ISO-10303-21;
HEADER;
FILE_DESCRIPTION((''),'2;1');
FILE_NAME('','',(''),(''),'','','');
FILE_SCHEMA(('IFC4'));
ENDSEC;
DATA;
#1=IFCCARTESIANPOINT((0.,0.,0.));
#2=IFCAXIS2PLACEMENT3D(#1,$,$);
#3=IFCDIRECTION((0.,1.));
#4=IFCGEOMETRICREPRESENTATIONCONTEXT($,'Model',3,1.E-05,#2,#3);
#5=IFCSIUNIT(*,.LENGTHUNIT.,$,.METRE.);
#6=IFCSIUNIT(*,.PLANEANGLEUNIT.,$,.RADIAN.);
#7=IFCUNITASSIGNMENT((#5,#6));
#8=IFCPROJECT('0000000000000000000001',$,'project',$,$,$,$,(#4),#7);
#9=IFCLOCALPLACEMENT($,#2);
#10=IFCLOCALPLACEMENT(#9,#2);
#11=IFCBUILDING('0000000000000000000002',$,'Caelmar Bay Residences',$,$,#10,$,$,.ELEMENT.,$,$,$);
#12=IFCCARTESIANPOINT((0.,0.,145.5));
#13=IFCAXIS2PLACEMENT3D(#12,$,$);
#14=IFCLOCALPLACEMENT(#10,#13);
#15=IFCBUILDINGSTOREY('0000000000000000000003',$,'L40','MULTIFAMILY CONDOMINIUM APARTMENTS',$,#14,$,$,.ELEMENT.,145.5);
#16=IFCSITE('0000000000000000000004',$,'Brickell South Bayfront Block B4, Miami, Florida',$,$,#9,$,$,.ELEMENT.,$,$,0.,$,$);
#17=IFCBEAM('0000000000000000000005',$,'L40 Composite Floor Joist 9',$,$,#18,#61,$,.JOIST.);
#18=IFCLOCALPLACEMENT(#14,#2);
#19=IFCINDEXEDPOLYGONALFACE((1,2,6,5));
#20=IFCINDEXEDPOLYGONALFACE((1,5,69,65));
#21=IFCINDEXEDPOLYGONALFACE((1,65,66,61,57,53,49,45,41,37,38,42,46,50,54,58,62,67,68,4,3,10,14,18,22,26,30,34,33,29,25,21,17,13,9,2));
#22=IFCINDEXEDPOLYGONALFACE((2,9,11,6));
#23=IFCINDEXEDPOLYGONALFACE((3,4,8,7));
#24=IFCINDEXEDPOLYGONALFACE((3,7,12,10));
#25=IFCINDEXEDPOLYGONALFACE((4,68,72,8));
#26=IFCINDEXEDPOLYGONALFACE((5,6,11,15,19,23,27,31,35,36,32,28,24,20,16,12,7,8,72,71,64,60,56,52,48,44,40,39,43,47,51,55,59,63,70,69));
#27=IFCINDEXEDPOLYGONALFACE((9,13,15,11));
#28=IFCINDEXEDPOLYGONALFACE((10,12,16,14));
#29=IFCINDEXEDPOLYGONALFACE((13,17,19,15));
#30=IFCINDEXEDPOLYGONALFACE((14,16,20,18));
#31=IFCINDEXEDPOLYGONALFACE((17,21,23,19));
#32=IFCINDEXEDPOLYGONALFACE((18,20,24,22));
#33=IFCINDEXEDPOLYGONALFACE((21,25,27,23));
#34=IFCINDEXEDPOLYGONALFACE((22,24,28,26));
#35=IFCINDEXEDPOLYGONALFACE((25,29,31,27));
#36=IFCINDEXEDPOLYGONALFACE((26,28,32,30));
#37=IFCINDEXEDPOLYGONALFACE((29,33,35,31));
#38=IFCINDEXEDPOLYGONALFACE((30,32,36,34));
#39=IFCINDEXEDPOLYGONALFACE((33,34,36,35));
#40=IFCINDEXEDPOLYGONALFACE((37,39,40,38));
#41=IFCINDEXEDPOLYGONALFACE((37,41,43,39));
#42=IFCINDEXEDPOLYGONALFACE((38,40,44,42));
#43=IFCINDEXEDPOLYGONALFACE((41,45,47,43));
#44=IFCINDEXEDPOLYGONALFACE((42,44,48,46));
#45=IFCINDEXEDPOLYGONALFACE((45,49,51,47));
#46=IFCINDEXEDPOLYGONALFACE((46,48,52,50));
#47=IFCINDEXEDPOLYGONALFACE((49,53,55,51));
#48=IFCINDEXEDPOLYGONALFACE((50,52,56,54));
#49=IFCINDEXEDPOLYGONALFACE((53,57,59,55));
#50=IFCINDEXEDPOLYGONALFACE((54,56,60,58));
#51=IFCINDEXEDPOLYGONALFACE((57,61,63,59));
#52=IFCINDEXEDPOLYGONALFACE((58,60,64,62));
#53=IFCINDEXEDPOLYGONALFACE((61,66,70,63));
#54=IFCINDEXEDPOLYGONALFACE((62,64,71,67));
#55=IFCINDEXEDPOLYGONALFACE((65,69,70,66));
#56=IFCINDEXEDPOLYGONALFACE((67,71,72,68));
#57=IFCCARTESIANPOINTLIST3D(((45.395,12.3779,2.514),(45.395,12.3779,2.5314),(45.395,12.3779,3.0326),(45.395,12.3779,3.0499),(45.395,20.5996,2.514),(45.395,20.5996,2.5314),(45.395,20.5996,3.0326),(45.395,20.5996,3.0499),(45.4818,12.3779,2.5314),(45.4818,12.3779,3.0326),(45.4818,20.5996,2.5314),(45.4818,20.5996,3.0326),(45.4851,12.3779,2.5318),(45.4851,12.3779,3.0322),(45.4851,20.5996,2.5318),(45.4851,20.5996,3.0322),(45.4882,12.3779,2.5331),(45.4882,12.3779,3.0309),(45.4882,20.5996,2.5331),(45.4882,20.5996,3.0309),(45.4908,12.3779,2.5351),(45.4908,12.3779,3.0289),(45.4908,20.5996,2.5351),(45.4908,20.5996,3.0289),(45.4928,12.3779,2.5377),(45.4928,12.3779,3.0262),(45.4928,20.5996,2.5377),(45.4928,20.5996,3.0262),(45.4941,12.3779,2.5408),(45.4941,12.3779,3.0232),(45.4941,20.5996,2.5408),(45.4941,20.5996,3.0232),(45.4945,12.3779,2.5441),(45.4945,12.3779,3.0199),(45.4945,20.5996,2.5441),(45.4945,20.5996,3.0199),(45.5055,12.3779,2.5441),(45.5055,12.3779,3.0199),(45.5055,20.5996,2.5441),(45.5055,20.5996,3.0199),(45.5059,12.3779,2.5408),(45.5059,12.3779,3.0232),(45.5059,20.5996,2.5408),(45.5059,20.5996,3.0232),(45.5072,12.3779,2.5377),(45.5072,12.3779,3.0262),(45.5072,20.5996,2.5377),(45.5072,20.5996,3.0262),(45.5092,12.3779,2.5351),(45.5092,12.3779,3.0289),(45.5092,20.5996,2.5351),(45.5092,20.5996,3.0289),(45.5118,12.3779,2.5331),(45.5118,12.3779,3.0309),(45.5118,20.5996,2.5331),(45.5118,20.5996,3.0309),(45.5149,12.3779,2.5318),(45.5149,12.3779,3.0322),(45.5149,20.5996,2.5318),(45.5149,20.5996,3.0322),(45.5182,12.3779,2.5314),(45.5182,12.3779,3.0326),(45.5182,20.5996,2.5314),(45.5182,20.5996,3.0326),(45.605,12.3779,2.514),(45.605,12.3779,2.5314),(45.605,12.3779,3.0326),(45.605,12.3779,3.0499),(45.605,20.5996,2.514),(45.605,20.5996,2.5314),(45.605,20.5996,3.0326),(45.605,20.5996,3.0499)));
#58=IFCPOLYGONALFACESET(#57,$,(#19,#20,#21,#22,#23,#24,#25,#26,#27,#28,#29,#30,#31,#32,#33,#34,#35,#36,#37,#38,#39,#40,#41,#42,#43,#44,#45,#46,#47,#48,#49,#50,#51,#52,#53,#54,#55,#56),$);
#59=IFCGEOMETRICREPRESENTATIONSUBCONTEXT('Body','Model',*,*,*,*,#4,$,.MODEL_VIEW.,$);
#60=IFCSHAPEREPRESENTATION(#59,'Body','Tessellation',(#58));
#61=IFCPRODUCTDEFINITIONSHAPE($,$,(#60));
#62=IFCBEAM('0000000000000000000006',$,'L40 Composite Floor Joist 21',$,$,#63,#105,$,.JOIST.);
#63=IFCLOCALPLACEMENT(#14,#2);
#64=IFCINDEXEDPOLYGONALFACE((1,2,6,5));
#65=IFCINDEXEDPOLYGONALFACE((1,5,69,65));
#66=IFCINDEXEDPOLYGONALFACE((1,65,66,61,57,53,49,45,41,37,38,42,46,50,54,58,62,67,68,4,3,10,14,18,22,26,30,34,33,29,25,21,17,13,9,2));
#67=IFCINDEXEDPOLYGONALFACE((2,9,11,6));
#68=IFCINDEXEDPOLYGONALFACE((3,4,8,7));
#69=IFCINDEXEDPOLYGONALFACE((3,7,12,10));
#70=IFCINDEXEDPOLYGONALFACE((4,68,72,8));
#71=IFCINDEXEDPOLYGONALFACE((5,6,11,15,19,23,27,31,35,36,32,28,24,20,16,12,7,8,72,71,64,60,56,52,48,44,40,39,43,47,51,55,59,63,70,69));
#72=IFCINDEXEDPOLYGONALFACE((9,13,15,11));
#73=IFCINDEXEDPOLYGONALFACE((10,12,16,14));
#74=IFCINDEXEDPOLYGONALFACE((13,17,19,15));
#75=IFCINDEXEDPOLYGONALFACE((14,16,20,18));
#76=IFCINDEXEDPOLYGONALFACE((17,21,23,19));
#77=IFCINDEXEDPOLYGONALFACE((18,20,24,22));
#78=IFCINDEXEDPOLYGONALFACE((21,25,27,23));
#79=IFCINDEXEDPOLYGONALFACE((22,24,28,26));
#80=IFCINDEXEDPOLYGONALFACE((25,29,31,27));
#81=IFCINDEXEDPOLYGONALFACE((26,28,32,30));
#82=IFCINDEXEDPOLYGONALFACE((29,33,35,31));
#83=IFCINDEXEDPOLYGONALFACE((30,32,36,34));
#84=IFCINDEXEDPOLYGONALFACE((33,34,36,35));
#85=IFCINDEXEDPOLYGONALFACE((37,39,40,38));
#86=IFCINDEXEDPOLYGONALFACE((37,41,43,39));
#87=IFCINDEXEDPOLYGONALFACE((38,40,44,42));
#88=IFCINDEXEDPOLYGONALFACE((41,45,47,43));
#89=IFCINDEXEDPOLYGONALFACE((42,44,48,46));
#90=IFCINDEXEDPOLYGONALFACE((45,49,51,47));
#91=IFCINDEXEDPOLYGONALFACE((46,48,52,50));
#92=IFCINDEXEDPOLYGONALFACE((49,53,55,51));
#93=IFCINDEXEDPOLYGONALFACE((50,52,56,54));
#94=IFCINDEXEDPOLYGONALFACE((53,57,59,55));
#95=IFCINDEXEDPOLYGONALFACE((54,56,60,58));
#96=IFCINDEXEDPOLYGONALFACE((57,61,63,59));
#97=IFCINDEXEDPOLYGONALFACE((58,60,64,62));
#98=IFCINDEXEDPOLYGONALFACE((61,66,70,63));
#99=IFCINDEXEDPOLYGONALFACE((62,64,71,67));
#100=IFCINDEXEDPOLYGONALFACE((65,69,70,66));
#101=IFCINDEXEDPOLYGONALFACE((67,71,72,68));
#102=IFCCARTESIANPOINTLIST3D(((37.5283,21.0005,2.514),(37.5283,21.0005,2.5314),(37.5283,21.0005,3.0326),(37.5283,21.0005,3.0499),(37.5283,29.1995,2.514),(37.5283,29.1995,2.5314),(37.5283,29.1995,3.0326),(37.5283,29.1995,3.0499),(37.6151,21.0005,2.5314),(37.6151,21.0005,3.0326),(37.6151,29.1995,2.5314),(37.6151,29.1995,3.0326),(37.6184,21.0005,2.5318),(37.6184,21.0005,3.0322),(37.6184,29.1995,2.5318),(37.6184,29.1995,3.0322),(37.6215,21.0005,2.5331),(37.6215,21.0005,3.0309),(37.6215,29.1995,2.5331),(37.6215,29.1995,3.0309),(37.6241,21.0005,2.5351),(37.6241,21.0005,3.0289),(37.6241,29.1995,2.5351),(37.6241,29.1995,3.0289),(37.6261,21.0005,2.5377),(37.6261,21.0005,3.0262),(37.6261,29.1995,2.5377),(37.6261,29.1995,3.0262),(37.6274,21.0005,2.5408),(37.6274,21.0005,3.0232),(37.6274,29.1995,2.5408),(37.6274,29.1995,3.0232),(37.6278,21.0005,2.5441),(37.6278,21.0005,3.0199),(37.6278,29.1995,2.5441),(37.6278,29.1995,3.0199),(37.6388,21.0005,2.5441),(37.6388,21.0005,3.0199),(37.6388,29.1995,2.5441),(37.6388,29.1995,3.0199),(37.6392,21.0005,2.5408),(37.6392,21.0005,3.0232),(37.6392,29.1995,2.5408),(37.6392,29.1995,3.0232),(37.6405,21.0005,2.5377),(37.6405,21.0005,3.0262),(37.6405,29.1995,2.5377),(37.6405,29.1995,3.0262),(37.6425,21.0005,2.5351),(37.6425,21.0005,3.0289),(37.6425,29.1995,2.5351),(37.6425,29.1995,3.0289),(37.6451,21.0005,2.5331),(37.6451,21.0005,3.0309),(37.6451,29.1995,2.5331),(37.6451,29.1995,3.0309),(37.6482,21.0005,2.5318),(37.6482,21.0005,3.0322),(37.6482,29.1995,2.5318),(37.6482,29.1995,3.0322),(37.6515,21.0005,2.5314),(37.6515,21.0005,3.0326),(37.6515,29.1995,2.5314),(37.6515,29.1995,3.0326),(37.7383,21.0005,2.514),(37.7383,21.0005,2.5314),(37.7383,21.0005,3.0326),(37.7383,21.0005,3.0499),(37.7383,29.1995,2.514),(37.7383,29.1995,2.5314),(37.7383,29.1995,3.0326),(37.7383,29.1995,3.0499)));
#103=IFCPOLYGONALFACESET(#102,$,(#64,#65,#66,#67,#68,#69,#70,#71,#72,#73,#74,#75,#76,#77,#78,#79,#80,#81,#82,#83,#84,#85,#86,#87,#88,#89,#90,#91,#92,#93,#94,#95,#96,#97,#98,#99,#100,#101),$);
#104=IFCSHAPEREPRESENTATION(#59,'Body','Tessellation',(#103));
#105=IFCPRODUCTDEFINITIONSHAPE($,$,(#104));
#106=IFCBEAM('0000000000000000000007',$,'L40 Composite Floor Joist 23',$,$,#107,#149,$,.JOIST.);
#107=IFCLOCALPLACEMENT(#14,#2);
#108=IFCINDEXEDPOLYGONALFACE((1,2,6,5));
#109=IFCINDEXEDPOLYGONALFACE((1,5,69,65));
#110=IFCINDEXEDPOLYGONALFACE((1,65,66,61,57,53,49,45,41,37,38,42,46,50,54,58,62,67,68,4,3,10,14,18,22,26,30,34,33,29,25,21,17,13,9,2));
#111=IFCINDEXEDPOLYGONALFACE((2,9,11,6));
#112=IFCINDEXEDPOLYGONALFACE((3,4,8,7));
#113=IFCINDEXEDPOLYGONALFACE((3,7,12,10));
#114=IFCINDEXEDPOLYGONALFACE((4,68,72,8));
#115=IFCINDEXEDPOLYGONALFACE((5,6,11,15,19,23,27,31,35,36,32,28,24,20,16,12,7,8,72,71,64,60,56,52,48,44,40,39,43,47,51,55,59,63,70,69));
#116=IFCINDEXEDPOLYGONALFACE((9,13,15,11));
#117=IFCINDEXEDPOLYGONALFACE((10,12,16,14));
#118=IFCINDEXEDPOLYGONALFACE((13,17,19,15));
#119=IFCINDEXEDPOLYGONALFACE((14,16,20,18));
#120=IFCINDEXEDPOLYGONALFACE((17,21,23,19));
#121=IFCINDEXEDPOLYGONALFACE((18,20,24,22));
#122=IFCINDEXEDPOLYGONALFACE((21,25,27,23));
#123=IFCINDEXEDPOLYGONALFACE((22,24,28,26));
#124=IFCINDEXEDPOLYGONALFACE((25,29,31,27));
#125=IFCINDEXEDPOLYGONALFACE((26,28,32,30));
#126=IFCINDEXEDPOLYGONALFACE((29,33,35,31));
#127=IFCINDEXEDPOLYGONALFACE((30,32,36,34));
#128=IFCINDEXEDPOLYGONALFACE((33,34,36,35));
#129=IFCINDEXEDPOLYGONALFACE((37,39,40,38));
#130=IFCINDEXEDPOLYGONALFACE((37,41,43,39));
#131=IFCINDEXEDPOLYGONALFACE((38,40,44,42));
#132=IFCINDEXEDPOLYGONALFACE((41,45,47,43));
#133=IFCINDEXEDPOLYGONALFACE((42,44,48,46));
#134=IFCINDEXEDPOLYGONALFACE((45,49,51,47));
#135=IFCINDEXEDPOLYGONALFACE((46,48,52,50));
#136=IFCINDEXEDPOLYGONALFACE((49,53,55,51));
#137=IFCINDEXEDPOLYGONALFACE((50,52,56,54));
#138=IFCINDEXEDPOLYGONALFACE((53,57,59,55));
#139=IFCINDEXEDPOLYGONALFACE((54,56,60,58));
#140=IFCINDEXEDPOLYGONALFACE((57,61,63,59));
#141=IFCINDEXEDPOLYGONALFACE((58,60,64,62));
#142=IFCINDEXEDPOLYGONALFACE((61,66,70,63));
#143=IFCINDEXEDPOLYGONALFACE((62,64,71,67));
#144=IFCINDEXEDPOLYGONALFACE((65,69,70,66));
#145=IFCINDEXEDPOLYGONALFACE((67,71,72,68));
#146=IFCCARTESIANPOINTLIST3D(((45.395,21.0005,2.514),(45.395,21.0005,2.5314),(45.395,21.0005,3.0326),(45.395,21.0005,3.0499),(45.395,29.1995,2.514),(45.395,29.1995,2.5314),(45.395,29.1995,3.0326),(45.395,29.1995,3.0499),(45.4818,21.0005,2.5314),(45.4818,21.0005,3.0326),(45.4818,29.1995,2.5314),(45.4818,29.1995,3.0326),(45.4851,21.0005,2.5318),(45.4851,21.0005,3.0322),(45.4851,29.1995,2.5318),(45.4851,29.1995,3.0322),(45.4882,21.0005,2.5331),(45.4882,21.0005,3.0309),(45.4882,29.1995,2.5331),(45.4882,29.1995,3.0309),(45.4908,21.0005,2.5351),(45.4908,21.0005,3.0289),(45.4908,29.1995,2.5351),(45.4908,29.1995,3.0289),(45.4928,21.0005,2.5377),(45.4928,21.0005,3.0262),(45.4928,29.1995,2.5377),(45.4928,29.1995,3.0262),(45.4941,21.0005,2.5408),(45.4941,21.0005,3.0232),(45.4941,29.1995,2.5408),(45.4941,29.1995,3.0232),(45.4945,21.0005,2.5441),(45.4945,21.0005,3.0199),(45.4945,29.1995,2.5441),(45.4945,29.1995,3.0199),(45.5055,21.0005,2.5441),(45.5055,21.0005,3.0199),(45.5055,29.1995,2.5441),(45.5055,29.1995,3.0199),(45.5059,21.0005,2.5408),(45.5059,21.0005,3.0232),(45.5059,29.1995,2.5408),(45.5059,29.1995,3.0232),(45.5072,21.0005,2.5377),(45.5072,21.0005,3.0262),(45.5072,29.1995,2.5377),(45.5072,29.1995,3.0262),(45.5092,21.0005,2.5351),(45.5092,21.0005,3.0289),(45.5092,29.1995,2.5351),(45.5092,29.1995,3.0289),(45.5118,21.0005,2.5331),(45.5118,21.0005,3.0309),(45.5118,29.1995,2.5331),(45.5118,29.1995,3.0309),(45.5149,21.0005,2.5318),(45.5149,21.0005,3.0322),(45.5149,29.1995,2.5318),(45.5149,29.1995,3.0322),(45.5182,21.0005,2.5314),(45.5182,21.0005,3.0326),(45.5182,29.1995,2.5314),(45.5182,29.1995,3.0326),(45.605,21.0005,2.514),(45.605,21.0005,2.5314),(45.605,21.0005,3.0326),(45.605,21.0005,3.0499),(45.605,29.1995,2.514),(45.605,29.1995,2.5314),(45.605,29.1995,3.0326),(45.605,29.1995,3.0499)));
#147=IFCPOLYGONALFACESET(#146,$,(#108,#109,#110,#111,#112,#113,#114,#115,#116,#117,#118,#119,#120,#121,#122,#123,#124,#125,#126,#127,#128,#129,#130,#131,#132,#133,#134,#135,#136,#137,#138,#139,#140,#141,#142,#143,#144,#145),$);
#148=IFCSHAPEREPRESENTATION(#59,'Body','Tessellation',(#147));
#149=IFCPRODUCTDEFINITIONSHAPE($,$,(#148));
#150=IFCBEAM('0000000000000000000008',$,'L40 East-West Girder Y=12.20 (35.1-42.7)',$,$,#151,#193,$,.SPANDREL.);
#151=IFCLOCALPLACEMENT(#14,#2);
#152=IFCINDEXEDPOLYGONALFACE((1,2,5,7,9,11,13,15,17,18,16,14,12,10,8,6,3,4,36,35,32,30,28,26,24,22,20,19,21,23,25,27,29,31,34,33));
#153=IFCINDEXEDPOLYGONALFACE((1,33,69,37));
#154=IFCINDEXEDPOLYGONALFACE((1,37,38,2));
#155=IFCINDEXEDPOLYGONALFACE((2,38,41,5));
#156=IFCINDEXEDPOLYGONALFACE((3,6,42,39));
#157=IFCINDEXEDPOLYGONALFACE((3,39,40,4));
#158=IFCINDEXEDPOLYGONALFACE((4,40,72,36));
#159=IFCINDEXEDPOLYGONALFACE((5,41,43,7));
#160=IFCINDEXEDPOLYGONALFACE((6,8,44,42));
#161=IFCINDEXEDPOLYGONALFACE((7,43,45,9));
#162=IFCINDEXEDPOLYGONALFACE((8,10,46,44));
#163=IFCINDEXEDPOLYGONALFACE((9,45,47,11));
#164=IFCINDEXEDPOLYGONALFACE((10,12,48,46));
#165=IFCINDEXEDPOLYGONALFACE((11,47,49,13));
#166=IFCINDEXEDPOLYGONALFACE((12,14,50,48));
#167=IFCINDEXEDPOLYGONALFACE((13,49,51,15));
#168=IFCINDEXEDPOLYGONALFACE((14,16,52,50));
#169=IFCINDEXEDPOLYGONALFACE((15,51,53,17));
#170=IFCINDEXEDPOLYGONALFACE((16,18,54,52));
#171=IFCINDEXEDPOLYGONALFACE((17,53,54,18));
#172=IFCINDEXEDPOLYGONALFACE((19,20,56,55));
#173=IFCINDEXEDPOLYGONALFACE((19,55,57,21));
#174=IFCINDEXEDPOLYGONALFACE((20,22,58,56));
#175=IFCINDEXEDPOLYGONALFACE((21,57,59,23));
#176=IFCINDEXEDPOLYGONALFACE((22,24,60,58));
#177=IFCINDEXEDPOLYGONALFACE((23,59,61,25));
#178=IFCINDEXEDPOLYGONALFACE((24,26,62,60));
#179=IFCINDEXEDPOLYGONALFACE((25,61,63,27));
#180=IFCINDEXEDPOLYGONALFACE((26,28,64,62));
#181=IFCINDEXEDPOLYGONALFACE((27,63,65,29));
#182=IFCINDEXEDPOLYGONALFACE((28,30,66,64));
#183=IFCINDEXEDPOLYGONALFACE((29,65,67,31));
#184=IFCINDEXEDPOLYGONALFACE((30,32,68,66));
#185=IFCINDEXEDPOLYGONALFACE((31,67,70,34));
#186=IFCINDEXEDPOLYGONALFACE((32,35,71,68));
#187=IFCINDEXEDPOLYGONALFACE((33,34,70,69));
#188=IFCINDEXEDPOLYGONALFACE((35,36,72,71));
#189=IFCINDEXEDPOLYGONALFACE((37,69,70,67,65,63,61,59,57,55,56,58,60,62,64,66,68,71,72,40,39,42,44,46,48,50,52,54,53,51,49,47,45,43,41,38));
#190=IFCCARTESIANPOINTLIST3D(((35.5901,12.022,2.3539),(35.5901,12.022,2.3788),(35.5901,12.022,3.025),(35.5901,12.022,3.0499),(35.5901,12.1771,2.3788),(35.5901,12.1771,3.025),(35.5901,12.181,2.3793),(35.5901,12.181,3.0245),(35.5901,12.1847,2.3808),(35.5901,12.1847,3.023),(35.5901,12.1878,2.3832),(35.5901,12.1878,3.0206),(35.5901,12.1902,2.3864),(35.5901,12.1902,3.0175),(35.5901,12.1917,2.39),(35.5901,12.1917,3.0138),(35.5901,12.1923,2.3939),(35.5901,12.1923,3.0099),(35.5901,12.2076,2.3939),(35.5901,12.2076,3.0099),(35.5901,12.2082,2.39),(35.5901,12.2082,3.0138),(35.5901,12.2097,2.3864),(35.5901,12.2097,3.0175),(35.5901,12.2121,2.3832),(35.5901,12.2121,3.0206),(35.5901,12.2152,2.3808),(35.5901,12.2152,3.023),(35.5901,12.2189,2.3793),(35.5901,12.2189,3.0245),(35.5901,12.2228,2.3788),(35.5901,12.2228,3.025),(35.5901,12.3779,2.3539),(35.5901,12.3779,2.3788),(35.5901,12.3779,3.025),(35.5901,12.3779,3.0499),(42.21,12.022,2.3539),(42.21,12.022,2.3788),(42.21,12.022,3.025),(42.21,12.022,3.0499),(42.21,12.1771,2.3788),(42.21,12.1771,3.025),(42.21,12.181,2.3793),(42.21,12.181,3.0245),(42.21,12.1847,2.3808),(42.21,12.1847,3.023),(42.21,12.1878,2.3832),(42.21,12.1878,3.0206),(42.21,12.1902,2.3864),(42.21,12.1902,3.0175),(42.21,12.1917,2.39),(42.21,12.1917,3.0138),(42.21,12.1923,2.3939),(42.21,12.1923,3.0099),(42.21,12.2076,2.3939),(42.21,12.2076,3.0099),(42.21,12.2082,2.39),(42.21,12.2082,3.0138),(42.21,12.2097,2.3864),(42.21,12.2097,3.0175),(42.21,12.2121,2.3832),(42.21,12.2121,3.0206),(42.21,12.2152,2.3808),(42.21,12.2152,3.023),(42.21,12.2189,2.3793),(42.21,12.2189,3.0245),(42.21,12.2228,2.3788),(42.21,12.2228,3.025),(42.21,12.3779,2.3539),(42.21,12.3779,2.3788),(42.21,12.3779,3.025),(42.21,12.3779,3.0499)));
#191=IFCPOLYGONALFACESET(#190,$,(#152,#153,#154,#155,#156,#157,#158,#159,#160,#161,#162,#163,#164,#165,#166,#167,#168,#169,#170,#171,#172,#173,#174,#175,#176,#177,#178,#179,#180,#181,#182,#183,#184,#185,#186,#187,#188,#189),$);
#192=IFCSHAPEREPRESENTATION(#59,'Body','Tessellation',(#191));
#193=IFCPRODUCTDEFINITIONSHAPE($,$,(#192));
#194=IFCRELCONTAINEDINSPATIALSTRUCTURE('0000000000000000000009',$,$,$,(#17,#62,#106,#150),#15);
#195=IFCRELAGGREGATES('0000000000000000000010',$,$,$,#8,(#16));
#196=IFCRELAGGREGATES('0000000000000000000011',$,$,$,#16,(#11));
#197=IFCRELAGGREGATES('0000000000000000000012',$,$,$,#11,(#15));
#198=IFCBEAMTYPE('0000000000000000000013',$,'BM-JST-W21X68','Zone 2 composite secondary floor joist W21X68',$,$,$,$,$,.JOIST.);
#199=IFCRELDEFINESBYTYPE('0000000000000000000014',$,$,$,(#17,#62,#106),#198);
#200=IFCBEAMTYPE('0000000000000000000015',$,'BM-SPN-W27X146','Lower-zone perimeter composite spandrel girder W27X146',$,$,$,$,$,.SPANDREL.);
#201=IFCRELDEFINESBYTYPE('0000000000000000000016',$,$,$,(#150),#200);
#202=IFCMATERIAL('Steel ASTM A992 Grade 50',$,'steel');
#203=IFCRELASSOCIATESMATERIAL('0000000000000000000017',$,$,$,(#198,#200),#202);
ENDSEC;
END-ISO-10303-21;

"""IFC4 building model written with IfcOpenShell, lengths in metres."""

from ifc_helpers import new_model, si_unit, direction, frame, origin, origin_2d, place, context, subcontext, project, spatial, i_section, extrude, material, material_profile, profile_set, type_object, element, save


model = new_model("IFC4")

# Units and contexts
model_context = context("Model", 3, precision=1e-05, world=origin(), true_north=direction((0.0, 1.0)))
body_context = subcontext(model_context, "Body", "Model", "MODEL_VIEW")
ifc_project = project(units=[si_unit("LENGTHUNIT", "METRE"), si_unit("PLANEANGLEUNIT", "RADIAN")], contexts=[model_context])

# Site, building, storey
site_placement = place(None, origin())
site = spatial("IfcSite", under=ifc_project, at=site_placement, Name="Brickell South Bayfront Block B4, Miami, Florida", CompositionType="ELEMENT", RefElevation=0.0)
building_placement = place(site_placement, origin())
building = spatial("IfcBuilding", under=site, at=building_placement, Name="Caelmar Bay Residences", CompositionType="ELEMENT")
storey_placement = place(building_placement, frame((0.0, 0.0, 145.5)))
storey = spatial("IfcBuildingStorey", under=building, at=storey_placement, Name="L40", Description="MULTIFAMILY CONDOMINIUM APARTMENTS", CompositionType="ELEMENT", Elevation=145.5)

# Beams
ifc_material_1 = material(Name="Steel ASTM A992 Grade 50", Category="steel")
ifc_material_profile_1 = material_profile(ifc_material_1, i_section(OverallWidth=0.21, OverallDepth=0.5359, WebThickness=0.011, FlangeThickness=0.0173, FilletRadius=0.0127, at=origin_2d()), Name="W21X68")
ifc_profile_set_1 = profile_set([ifc_material_profile_1], Name="Steel ASTM A992 Grade 50")
beam_type_1 = type_object("IfcBeamType", Name="BM-JST-W21X68", Description="Zone 2 composite secondary floor joist W21X68", PredefinedType="JOIST", material=ifc_profile_set_1)
for number, where, z_axis, x_axis, name in (
    (1, (45.5, 12.3779, 2.782), (0.0, 1.0, 0.0), (-1.0, 0.0, 0.0), "L40 Composite Floor Joist 9"),
):
    element("IfcBeam", number, at=place(storey_placement, frame(where, z_axis=z_axis, x_axis=x_axis)), inside=storey, type_object=beam_type_1, Name=name, PredefinedType="JOIST", context=body_context, shape_type="SweptSolid", body=[
        extrude(i_section(OverallWidth=0.21, OverallDepth=0.5359, WebThickness=0.011, FlangeThickness=0.0173, FilletRadius=0.0127, at=origin_2d()), origin(), (0.0, 0.0, 1.0), 8.2217),
    ])
for number, where, z_axis, x_axis, name in (
    (2, (37.6333, 21.0005, 2.782), (0.0, 1.0, 0.0), (-1.0, 0.0, 0.0), "L40 Composite Floor Joist 21"),
    (3, (45.5, 21.0005, 2.782), (0.0, 1.0, 0.0), (-1.0, 0.0, 0.0), "L40 Composite Floor Joist 23"),
):
    element("IfcBeam", number, at=place(storey_placement, frame(where, z_axis=z_axis, x_axis=x_axis)), inside=storey, type_object=beam_type_1, Name=name, PredefinedType="JOIST", context=body_context, shape_type="SweptSolid", body=[
        extrude(i_section(OverallWidth=0.21, OverallDepth=0.5359, WebThickness=0.011, FlangeThickness=0.0173, FilletRadius=0.0127, at=origin_2d()), origin(), (0.0, 0.0, 1.0), 8.199),
    ])
ifc_material_profile_2 = material_profile(ifc_material_1, i_section(OverallWidth=0.356, OverallDepth=0.696, WebThickness=0.0154, FlangeThickness=0.0249, FilletRadius=0.0151, at=origin_2d()), Name="W27X146")
ifc_profile_set_2 = profile_set([ifc_material_profile_2], Name="Steel ASTM A992 Grade 50")
beam_type_2 = type_object("IfcBeamType", Name="BM-SPN-W27X146", Description="Lower-zone perimeter composite spandrel girder W27X146", PredefinedType="SPANDREL", material=ifc_profile_set_2)
beam_1_placement = place(storey_placement, frame((35.5901, 12.2, 2.7019), z_axis=(1.0, 0.0, 0.0), x_axis=(0.0, 1.0, 0.0)))
element("IfcBeam", 4, at=beam_1_placement, inside=storey, type_object=beam_type_2, Name="L40 East-West Girder Y=12.20 (35.1-42.7)", PredefinedType="SPANDREL", context=body_context, shape_type="SweptSolid", body=[
    extrude(i_section(OverallWidth=0.356, OverallDepth=0.696, WebThickness=0.0154, FlangeThickness=0.0249, FilletRadius=0.0151, at=origin_2d()), origin(), (0.0, 0.0, 1.0), 6.6199),
])

save(model, "model.ifc")
